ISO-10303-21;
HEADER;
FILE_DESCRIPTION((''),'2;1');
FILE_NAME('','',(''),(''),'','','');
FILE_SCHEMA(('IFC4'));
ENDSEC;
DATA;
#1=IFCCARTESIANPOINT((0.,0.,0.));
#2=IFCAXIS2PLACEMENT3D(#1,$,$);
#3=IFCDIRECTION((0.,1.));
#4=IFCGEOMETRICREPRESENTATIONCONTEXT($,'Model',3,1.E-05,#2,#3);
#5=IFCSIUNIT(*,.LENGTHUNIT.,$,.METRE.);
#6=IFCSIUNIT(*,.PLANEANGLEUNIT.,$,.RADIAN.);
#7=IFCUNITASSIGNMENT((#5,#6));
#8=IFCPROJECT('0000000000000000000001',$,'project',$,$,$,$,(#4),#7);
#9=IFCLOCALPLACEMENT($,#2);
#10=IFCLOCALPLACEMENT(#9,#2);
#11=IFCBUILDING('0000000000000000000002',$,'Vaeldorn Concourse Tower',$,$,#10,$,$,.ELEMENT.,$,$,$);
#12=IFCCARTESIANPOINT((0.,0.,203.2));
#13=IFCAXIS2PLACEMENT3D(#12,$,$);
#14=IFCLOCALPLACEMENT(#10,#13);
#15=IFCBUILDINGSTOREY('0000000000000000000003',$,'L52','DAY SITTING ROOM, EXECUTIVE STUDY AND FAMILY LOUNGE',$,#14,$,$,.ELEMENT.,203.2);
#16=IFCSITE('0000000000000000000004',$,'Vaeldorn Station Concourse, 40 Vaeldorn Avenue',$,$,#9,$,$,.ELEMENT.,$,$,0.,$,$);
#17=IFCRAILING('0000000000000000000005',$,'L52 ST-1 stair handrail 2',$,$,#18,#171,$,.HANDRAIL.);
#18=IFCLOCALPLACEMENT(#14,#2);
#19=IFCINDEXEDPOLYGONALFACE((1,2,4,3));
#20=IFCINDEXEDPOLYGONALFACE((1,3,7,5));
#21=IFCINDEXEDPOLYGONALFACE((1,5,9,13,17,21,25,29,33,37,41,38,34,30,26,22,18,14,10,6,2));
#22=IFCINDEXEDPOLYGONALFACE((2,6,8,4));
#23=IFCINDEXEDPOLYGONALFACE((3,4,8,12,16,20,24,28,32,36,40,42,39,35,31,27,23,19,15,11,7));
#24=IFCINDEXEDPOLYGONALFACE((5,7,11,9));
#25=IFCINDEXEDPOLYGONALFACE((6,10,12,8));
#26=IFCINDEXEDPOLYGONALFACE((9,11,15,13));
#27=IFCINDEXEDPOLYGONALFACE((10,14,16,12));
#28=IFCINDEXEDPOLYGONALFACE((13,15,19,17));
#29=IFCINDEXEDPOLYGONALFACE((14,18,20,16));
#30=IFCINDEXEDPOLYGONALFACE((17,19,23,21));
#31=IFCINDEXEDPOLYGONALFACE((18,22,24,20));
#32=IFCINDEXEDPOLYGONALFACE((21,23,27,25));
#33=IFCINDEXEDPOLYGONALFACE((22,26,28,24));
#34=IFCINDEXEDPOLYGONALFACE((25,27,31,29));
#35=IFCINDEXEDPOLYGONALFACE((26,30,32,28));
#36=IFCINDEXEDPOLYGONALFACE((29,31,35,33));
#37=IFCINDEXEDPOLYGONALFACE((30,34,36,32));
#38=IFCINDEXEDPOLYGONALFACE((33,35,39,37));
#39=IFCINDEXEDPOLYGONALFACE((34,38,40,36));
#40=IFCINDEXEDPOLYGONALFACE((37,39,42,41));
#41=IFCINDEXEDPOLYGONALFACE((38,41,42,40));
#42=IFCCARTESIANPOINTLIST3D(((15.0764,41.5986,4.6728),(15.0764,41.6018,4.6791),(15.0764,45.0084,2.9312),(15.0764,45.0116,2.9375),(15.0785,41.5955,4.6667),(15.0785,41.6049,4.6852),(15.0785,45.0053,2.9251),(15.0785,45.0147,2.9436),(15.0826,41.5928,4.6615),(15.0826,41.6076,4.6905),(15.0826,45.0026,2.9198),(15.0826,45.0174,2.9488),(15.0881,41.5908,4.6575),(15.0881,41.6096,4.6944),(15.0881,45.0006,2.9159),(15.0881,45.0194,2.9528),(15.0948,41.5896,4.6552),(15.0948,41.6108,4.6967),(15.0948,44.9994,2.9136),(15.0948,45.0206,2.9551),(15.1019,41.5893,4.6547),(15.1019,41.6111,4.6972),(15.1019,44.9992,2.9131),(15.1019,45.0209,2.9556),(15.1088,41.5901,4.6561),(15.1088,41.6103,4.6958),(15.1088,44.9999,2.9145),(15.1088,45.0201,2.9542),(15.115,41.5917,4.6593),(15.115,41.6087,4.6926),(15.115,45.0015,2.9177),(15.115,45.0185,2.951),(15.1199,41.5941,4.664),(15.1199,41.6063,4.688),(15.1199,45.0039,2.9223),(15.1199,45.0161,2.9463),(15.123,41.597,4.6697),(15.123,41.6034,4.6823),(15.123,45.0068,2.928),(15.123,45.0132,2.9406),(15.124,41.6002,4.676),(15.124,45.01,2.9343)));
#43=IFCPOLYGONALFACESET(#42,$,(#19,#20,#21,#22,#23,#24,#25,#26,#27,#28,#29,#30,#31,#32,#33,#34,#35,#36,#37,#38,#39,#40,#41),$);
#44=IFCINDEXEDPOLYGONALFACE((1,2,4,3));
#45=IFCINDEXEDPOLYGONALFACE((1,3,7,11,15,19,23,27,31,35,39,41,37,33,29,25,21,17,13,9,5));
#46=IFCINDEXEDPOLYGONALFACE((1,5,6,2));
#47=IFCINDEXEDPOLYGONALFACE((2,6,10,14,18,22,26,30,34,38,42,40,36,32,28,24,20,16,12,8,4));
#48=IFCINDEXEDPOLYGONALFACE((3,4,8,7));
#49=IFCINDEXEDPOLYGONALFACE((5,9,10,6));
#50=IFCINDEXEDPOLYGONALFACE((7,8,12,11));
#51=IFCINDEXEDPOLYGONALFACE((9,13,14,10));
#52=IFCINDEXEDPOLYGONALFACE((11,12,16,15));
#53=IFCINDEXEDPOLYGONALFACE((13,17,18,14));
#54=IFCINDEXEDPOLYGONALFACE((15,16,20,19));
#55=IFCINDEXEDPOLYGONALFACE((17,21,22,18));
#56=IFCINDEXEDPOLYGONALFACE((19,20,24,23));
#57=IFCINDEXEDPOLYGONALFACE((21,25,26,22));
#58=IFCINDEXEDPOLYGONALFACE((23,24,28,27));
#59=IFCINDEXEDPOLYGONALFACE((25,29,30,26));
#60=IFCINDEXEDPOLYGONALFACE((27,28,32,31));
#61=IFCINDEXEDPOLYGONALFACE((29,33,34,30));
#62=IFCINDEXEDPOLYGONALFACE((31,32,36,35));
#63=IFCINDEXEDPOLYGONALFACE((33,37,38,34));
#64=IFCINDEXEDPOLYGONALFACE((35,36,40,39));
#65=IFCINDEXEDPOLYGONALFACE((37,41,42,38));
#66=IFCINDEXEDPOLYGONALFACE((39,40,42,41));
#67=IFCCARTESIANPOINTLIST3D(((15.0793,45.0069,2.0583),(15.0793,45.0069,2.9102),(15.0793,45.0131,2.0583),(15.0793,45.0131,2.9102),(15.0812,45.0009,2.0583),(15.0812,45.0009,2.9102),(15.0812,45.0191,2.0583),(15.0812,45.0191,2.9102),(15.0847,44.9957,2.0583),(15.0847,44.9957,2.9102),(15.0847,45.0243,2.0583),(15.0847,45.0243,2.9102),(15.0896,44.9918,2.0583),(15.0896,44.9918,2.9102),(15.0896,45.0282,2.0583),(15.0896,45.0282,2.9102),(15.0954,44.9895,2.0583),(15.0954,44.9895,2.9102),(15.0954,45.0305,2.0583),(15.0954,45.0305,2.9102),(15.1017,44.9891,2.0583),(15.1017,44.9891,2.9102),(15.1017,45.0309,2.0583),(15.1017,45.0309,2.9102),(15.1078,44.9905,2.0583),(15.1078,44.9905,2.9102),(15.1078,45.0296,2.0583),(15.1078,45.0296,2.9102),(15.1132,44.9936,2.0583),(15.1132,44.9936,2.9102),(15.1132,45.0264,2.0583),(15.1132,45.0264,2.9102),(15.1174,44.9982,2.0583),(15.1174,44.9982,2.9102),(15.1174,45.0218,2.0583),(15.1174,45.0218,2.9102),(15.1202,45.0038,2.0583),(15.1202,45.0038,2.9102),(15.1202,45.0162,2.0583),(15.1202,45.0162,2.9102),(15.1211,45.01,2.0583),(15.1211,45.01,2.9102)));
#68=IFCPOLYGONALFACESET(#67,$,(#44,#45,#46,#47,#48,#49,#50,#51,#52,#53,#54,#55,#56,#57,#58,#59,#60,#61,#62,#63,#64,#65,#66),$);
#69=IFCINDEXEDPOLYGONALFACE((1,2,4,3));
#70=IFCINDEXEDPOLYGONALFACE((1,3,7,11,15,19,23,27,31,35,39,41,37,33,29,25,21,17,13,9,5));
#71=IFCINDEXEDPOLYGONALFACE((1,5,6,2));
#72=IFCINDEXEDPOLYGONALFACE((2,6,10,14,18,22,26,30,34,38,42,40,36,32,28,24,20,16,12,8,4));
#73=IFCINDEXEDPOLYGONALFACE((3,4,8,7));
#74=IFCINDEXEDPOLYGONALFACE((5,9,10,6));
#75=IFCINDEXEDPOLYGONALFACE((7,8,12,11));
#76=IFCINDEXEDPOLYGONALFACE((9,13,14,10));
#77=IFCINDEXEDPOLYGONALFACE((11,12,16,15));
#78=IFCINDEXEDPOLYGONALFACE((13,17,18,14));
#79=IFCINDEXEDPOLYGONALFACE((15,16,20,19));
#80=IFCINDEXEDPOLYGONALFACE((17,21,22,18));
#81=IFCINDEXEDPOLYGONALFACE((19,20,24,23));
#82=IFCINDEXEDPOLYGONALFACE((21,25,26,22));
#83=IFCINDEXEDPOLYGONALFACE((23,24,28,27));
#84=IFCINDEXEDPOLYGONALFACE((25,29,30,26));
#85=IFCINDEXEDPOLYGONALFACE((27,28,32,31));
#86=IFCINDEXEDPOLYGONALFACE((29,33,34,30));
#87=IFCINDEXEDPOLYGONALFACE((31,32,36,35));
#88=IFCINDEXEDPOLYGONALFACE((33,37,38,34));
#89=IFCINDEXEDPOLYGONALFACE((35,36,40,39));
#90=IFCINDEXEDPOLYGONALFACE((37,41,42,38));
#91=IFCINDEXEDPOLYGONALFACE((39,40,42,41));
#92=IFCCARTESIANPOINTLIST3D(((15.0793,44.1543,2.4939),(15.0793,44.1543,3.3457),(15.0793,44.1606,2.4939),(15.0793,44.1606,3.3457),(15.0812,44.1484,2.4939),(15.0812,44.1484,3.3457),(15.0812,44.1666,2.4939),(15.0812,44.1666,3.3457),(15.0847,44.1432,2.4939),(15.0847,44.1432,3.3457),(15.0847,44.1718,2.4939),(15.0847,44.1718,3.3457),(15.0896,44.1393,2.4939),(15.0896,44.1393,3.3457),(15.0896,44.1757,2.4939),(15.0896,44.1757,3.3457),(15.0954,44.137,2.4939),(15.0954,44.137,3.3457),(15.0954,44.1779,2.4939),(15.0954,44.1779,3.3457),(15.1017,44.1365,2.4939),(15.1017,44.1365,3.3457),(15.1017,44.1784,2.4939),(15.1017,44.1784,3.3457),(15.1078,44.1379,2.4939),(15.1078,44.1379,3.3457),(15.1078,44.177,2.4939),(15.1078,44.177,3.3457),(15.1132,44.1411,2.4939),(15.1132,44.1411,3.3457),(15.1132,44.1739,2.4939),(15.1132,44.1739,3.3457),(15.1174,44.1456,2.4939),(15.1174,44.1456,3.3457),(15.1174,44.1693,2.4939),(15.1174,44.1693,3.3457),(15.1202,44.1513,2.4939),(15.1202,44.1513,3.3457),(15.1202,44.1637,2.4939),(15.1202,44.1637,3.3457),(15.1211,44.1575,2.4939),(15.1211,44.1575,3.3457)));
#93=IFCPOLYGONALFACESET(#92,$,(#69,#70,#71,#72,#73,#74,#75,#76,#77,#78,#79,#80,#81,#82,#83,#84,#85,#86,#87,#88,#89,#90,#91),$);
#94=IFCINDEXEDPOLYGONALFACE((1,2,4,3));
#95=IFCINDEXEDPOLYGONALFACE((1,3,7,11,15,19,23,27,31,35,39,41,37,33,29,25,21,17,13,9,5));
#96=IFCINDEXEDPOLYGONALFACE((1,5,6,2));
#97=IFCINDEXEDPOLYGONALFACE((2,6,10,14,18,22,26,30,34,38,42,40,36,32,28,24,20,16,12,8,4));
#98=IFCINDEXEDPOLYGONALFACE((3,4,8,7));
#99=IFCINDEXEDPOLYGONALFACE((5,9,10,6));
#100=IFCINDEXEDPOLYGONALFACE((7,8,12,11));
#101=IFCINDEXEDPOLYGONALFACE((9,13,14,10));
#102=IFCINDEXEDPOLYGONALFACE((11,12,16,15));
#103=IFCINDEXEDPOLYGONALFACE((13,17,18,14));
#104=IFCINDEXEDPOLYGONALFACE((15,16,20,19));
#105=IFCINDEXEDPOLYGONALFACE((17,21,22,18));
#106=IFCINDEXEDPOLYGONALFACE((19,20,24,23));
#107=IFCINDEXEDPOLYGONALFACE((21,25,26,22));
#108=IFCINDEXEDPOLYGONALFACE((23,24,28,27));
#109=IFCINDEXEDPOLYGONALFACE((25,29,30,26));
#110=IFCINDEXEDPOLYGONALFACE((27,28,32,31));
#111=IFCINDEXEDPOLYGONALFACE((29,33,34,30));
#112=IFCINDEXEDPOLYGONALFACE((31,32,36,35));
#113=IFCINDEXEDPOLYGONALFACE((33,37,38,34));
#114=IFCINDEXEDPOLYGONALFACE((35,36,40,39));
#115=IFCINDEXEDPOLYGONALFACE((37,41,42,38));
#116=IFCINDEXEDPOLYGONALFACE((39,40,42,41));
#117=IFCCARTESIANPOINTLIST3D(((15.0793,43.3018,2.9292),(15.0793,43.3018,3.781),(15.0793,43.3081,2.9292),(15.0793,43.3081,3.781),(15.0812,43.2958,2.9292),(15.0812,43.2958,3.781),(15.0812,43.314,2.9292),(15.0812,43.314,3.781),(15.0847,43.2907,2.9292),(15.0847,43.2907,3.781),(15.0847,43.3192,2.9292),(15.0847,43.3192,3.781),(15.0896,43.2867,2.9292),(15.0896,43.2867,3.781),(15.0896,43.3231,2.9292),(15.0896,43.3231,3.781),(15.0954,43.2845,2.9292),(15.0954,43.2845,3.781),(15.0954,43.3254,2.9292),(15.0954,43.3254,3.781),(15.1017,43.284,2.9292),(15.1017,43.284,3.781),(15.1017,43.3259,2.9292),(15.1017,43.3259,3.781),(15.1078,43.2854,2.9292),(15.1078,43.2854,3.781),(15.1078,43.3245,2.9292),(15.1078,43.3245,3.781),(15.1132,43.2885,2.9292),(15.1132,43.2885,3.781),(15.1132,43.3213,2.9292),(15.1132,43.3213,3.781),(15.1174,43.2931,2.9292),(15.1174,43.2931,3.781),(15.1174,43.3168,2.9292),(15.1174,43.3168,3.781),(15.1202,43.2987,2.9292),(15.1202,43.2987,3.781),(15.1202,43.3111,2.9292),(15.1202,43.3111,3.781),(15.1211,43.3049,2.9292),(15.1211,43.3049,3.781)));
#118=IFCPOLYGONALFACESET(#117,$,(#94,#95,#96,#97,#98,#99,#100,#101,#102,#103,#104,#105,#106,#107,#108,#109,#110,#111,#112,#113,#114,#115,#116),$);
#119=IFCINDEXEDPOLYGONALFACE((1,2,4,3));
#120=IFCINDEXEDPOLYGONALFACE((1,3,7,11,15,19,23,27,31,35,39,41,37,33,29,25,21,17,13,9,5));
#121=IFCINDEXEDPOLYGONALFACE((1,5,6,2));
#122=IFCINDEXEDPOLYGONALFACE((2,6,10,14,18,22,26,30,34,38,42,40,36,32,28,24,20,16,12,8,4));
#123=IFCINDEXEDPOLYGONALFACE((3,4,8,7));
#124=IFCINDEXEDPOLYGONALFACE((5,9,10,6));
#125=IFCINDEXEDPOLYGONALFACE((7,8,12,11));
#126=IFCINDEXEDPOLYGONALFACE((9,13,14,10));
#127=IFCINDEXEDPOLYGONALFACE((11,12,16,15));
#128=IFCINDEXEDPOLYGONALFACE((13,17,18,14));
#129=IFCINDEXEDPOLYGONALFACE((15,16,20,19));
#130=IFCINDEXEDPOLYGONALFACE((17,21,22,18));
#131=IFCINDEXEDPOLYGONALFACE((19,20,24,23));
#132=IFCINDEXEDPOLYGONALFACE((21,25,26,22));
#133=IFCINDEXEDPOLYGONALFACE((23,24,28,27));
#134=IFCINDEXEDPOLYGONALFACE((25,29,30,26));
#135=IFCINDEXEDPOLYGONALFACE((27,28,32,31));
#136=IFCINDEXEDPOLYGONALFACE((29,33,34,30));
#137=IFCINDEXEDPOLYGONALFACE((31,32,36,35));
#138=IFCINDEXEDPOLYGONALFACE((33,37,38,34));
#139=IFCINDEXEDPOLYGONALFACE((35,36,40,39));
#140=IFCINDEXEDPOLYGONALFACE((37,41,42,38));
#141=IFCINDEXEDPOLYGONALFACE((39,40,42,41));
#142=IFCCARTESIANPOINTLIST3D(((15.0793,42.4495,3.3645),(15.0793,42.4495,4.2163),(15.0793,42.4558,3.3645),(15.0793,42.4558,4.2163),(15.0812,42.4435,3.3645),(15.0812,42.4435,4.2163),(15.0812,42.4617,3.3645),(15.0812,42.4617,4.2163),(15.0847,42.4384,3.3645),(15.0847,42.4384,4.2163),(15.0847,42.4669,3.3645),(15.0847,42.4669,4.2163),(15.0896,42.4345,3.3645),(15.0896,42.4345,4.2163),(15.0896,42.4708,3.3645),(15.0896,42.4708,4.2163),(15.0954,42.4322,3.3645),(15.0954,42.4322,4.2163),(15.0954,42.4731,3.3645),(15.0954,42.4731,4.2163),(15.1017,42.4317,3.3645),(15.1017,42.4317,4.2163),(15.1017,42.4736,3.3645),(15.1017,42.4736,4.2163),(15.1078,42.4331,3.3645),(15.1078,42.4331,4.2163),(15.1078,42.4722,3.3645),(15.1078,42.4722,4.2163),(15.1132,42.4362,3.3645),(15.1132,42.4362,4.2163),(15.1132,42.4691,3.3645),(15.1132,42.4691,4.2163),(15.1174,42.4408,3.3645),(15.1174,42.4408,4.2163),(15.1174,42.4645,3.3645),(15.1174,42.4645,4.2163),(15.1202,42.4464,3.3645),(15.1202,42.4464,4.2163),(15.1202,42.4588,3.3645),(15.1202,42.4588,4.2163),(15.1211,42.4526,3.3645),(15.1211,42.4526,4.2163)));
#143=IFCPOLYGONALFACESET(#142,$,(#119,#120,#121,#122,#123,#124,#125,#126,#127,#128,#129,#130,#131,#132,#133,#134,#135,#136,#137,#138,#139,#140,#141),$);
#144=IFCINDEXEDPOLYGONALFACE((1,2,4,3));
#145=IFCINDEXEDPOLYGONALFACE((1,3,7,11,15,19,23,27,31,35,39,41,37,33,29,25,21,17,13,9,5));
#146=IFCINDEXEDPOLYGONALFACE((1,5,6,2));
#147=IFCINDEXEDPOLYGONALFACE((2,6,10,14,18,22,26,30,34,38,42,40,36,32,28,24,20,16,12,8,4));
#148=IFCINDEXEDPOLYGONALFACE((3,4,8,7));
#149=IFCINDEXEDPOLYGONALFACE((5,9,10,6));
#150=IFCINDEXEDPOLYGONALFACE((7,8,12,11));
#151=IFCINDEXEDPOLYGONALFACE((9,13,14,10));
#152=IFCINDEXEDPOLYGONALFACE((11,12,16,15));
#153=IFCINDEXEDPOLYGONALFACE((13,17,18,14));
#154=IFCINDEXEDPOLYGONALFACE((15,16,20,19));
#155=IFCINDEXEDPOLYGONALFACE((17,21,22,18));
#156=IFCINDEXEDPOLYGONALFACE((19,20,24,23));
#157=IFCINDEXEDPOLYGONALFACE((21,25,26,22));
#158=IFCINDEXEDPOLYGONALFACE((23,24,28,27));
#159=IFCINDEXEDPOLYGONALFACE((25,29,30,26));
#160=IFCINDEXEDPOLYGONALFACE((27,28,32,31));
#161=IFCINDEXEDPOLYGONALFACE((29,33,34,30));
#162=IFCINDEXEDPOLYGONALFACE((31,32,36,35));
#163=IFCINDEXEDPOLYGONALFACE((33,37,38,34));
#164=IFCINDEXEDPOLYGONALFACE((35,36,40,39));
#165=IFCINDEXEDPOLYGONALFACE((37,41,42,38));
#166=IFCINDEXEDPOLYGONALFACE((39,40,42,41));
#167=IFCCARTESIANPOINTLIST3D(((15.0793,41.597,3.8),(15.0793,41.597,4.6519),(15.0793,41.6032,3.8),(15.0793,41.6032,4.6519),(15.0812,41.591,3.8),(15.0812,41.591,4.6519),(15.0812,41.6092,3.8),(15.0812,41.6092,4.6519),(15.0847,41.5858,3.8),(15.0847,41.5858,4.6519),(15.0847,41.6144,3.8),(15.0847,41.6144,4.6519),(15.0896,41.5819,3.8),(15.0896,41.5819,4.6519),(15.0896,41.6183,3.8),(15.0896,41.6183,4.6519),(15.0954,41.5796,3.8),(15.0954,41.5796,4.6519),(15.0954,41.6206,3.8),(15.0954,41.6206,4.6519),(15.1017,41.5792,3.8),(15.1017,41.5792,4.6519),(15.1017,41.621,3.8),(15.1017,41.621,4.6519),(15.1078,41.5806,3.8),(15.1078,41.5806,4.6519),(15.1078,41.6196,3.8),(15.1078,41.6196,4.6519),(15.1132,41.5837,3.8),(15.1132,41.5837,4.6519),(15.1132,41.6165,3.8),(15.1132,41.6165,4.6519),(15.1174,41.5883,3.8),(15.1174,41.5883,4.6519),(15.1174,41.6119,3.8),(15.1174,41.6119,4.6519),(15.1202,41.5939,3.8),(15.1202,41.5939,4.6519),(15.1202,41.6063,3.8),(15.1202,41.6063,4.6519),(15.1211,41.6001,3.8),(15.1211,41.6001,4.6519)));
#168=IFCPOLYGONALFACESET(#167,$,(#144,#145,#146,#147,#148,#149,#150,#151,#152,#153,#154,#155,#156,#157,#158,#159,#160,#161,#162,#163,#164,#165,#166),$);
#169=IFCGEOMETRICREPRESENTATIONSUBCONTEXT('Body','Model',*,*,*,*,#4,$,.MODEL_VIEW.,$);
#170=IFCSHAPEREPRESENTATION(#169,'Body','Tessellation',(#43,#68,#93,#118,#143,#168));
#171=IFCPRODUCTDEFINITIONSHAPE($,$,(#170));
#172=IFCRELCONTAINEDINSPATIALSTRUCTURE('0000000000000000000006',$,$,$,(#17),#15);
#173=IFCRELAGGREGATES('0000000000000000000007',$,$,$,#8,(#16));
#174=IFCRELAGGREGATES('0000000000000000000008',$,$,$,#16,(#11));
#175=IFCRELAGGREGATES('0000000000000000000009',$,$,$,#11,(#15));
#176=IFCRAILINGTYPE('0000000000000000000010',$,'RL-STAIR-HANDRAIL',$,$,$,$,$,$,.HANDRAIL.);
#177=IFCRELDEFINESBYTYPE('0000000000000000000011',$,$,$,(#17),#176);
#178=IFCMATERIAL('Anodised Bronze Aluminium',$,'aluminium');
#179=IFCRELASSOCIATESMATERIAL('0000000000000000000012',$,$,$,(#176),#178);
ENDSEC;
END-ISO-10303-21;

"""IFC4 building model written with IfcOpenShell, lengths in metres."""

from ifc_helpers import new_model, si_unit, direction, frame, origin, origin_2d, place, context, subcontext, project, spatial, circle, extrude, material, type_object, element, save


model = new_model("IFC4")

# Units and contexts
model_context = context("Model", 3, precision=1e-05, world=origin(), true_north=direction((0.0, 1.0)))
body_context = subcontext(model_context, "Body", "Model", "MODEL_VIEW")
ifc_project = project(units=[si_unit("LENGTHUNIT", "METRE"), si_unit("PLANEANGLEUNIT", "RADIAN")], contexts=[model_context])

# Site, building, storey
site_placement = place(None, origin())
site = spatial("IfcSite", under=ifc_project, at=site_placement, Name="Vaeldorn Station Concourse, 40 Vaeldorn Avenue", CompositionType="ELEMENT", RefElevation=0.0)
building_placement = place(site_placement, origin())
building = spatial("IfcBuilding", under=site, at=building_placement, Name="Vaeldorn Concourse Tower", CompositionType="ELEMENT")
storey_placement = place(building_placement, frame((0.0, 0.0, 203.2)))
storey = spatial("IfcBuildingStorey", under=building, at=storey_placement, Name="L52", Description="DAY SITTING ROOM, EXECUTIVE STUDY AND FAMILY LOUNGE", CompositionType="ELEMENT", Elevation=203.2)

# Railing
ifc_material_1 = material(Name="Anodised Bronze Aluminium", Category="aluminium")
railing_type_1 = type_object("IfcRailingType", Name="RL-STAIR-HANDRAIL", PredefinedType="HANDRAIL", material=ifc_material_1)
railing_1_placement = place(storey_placement, frame((15.1001, 45.01, 2.0583)))
element("IfcRailing", 1, at=railing_1_placement, inside=storey, type_object=railing_type_1, Name="L52 ST-1 stair handrail 2", PredefinedType="HANDRAIL", context=body_context, shape_type="SweptSolid", body=[
    extrude(circle(Radius=0.0239, at=origin_2d()), frame((0.0, 0.0, 0.876), z_axis=(0.0, -0.890556, 0.454874), x_axis=(1.0, 0.0, 0.0)), (0.0, 0.0, 1.0), 3.8289),
    extrude(circle(Radius=0.021, at=origin_2d()), origin(), (0.0, 0.0, 1.0), 0.8518),
    extrude(circle(Radius=0.021, at=origin_2d()), frame((0.0, -0.8525, 0.4355)), (0.0, 0.0, 1.0), 0.8518),
    extrude(circle(Radius=0.021, at=origin_2d()), frame((0.0, -1.7051, 0.8708)), (0.0, 0.0, 1.0), 0.8518),
    extrude(circle(Radius=0.021, at=origin_2d()), frame((0.0, -2.5574, 1.3062)), (0.0, 0.0, 1.0), 0.8518),
    extrude(circle(Radius=0.021, at=origin_2d()), frame((0.0, -3.4099, 1.7417)), (0.0, 0.0, 1.0), 0.8518),
])

save(model, "model.ifc")
